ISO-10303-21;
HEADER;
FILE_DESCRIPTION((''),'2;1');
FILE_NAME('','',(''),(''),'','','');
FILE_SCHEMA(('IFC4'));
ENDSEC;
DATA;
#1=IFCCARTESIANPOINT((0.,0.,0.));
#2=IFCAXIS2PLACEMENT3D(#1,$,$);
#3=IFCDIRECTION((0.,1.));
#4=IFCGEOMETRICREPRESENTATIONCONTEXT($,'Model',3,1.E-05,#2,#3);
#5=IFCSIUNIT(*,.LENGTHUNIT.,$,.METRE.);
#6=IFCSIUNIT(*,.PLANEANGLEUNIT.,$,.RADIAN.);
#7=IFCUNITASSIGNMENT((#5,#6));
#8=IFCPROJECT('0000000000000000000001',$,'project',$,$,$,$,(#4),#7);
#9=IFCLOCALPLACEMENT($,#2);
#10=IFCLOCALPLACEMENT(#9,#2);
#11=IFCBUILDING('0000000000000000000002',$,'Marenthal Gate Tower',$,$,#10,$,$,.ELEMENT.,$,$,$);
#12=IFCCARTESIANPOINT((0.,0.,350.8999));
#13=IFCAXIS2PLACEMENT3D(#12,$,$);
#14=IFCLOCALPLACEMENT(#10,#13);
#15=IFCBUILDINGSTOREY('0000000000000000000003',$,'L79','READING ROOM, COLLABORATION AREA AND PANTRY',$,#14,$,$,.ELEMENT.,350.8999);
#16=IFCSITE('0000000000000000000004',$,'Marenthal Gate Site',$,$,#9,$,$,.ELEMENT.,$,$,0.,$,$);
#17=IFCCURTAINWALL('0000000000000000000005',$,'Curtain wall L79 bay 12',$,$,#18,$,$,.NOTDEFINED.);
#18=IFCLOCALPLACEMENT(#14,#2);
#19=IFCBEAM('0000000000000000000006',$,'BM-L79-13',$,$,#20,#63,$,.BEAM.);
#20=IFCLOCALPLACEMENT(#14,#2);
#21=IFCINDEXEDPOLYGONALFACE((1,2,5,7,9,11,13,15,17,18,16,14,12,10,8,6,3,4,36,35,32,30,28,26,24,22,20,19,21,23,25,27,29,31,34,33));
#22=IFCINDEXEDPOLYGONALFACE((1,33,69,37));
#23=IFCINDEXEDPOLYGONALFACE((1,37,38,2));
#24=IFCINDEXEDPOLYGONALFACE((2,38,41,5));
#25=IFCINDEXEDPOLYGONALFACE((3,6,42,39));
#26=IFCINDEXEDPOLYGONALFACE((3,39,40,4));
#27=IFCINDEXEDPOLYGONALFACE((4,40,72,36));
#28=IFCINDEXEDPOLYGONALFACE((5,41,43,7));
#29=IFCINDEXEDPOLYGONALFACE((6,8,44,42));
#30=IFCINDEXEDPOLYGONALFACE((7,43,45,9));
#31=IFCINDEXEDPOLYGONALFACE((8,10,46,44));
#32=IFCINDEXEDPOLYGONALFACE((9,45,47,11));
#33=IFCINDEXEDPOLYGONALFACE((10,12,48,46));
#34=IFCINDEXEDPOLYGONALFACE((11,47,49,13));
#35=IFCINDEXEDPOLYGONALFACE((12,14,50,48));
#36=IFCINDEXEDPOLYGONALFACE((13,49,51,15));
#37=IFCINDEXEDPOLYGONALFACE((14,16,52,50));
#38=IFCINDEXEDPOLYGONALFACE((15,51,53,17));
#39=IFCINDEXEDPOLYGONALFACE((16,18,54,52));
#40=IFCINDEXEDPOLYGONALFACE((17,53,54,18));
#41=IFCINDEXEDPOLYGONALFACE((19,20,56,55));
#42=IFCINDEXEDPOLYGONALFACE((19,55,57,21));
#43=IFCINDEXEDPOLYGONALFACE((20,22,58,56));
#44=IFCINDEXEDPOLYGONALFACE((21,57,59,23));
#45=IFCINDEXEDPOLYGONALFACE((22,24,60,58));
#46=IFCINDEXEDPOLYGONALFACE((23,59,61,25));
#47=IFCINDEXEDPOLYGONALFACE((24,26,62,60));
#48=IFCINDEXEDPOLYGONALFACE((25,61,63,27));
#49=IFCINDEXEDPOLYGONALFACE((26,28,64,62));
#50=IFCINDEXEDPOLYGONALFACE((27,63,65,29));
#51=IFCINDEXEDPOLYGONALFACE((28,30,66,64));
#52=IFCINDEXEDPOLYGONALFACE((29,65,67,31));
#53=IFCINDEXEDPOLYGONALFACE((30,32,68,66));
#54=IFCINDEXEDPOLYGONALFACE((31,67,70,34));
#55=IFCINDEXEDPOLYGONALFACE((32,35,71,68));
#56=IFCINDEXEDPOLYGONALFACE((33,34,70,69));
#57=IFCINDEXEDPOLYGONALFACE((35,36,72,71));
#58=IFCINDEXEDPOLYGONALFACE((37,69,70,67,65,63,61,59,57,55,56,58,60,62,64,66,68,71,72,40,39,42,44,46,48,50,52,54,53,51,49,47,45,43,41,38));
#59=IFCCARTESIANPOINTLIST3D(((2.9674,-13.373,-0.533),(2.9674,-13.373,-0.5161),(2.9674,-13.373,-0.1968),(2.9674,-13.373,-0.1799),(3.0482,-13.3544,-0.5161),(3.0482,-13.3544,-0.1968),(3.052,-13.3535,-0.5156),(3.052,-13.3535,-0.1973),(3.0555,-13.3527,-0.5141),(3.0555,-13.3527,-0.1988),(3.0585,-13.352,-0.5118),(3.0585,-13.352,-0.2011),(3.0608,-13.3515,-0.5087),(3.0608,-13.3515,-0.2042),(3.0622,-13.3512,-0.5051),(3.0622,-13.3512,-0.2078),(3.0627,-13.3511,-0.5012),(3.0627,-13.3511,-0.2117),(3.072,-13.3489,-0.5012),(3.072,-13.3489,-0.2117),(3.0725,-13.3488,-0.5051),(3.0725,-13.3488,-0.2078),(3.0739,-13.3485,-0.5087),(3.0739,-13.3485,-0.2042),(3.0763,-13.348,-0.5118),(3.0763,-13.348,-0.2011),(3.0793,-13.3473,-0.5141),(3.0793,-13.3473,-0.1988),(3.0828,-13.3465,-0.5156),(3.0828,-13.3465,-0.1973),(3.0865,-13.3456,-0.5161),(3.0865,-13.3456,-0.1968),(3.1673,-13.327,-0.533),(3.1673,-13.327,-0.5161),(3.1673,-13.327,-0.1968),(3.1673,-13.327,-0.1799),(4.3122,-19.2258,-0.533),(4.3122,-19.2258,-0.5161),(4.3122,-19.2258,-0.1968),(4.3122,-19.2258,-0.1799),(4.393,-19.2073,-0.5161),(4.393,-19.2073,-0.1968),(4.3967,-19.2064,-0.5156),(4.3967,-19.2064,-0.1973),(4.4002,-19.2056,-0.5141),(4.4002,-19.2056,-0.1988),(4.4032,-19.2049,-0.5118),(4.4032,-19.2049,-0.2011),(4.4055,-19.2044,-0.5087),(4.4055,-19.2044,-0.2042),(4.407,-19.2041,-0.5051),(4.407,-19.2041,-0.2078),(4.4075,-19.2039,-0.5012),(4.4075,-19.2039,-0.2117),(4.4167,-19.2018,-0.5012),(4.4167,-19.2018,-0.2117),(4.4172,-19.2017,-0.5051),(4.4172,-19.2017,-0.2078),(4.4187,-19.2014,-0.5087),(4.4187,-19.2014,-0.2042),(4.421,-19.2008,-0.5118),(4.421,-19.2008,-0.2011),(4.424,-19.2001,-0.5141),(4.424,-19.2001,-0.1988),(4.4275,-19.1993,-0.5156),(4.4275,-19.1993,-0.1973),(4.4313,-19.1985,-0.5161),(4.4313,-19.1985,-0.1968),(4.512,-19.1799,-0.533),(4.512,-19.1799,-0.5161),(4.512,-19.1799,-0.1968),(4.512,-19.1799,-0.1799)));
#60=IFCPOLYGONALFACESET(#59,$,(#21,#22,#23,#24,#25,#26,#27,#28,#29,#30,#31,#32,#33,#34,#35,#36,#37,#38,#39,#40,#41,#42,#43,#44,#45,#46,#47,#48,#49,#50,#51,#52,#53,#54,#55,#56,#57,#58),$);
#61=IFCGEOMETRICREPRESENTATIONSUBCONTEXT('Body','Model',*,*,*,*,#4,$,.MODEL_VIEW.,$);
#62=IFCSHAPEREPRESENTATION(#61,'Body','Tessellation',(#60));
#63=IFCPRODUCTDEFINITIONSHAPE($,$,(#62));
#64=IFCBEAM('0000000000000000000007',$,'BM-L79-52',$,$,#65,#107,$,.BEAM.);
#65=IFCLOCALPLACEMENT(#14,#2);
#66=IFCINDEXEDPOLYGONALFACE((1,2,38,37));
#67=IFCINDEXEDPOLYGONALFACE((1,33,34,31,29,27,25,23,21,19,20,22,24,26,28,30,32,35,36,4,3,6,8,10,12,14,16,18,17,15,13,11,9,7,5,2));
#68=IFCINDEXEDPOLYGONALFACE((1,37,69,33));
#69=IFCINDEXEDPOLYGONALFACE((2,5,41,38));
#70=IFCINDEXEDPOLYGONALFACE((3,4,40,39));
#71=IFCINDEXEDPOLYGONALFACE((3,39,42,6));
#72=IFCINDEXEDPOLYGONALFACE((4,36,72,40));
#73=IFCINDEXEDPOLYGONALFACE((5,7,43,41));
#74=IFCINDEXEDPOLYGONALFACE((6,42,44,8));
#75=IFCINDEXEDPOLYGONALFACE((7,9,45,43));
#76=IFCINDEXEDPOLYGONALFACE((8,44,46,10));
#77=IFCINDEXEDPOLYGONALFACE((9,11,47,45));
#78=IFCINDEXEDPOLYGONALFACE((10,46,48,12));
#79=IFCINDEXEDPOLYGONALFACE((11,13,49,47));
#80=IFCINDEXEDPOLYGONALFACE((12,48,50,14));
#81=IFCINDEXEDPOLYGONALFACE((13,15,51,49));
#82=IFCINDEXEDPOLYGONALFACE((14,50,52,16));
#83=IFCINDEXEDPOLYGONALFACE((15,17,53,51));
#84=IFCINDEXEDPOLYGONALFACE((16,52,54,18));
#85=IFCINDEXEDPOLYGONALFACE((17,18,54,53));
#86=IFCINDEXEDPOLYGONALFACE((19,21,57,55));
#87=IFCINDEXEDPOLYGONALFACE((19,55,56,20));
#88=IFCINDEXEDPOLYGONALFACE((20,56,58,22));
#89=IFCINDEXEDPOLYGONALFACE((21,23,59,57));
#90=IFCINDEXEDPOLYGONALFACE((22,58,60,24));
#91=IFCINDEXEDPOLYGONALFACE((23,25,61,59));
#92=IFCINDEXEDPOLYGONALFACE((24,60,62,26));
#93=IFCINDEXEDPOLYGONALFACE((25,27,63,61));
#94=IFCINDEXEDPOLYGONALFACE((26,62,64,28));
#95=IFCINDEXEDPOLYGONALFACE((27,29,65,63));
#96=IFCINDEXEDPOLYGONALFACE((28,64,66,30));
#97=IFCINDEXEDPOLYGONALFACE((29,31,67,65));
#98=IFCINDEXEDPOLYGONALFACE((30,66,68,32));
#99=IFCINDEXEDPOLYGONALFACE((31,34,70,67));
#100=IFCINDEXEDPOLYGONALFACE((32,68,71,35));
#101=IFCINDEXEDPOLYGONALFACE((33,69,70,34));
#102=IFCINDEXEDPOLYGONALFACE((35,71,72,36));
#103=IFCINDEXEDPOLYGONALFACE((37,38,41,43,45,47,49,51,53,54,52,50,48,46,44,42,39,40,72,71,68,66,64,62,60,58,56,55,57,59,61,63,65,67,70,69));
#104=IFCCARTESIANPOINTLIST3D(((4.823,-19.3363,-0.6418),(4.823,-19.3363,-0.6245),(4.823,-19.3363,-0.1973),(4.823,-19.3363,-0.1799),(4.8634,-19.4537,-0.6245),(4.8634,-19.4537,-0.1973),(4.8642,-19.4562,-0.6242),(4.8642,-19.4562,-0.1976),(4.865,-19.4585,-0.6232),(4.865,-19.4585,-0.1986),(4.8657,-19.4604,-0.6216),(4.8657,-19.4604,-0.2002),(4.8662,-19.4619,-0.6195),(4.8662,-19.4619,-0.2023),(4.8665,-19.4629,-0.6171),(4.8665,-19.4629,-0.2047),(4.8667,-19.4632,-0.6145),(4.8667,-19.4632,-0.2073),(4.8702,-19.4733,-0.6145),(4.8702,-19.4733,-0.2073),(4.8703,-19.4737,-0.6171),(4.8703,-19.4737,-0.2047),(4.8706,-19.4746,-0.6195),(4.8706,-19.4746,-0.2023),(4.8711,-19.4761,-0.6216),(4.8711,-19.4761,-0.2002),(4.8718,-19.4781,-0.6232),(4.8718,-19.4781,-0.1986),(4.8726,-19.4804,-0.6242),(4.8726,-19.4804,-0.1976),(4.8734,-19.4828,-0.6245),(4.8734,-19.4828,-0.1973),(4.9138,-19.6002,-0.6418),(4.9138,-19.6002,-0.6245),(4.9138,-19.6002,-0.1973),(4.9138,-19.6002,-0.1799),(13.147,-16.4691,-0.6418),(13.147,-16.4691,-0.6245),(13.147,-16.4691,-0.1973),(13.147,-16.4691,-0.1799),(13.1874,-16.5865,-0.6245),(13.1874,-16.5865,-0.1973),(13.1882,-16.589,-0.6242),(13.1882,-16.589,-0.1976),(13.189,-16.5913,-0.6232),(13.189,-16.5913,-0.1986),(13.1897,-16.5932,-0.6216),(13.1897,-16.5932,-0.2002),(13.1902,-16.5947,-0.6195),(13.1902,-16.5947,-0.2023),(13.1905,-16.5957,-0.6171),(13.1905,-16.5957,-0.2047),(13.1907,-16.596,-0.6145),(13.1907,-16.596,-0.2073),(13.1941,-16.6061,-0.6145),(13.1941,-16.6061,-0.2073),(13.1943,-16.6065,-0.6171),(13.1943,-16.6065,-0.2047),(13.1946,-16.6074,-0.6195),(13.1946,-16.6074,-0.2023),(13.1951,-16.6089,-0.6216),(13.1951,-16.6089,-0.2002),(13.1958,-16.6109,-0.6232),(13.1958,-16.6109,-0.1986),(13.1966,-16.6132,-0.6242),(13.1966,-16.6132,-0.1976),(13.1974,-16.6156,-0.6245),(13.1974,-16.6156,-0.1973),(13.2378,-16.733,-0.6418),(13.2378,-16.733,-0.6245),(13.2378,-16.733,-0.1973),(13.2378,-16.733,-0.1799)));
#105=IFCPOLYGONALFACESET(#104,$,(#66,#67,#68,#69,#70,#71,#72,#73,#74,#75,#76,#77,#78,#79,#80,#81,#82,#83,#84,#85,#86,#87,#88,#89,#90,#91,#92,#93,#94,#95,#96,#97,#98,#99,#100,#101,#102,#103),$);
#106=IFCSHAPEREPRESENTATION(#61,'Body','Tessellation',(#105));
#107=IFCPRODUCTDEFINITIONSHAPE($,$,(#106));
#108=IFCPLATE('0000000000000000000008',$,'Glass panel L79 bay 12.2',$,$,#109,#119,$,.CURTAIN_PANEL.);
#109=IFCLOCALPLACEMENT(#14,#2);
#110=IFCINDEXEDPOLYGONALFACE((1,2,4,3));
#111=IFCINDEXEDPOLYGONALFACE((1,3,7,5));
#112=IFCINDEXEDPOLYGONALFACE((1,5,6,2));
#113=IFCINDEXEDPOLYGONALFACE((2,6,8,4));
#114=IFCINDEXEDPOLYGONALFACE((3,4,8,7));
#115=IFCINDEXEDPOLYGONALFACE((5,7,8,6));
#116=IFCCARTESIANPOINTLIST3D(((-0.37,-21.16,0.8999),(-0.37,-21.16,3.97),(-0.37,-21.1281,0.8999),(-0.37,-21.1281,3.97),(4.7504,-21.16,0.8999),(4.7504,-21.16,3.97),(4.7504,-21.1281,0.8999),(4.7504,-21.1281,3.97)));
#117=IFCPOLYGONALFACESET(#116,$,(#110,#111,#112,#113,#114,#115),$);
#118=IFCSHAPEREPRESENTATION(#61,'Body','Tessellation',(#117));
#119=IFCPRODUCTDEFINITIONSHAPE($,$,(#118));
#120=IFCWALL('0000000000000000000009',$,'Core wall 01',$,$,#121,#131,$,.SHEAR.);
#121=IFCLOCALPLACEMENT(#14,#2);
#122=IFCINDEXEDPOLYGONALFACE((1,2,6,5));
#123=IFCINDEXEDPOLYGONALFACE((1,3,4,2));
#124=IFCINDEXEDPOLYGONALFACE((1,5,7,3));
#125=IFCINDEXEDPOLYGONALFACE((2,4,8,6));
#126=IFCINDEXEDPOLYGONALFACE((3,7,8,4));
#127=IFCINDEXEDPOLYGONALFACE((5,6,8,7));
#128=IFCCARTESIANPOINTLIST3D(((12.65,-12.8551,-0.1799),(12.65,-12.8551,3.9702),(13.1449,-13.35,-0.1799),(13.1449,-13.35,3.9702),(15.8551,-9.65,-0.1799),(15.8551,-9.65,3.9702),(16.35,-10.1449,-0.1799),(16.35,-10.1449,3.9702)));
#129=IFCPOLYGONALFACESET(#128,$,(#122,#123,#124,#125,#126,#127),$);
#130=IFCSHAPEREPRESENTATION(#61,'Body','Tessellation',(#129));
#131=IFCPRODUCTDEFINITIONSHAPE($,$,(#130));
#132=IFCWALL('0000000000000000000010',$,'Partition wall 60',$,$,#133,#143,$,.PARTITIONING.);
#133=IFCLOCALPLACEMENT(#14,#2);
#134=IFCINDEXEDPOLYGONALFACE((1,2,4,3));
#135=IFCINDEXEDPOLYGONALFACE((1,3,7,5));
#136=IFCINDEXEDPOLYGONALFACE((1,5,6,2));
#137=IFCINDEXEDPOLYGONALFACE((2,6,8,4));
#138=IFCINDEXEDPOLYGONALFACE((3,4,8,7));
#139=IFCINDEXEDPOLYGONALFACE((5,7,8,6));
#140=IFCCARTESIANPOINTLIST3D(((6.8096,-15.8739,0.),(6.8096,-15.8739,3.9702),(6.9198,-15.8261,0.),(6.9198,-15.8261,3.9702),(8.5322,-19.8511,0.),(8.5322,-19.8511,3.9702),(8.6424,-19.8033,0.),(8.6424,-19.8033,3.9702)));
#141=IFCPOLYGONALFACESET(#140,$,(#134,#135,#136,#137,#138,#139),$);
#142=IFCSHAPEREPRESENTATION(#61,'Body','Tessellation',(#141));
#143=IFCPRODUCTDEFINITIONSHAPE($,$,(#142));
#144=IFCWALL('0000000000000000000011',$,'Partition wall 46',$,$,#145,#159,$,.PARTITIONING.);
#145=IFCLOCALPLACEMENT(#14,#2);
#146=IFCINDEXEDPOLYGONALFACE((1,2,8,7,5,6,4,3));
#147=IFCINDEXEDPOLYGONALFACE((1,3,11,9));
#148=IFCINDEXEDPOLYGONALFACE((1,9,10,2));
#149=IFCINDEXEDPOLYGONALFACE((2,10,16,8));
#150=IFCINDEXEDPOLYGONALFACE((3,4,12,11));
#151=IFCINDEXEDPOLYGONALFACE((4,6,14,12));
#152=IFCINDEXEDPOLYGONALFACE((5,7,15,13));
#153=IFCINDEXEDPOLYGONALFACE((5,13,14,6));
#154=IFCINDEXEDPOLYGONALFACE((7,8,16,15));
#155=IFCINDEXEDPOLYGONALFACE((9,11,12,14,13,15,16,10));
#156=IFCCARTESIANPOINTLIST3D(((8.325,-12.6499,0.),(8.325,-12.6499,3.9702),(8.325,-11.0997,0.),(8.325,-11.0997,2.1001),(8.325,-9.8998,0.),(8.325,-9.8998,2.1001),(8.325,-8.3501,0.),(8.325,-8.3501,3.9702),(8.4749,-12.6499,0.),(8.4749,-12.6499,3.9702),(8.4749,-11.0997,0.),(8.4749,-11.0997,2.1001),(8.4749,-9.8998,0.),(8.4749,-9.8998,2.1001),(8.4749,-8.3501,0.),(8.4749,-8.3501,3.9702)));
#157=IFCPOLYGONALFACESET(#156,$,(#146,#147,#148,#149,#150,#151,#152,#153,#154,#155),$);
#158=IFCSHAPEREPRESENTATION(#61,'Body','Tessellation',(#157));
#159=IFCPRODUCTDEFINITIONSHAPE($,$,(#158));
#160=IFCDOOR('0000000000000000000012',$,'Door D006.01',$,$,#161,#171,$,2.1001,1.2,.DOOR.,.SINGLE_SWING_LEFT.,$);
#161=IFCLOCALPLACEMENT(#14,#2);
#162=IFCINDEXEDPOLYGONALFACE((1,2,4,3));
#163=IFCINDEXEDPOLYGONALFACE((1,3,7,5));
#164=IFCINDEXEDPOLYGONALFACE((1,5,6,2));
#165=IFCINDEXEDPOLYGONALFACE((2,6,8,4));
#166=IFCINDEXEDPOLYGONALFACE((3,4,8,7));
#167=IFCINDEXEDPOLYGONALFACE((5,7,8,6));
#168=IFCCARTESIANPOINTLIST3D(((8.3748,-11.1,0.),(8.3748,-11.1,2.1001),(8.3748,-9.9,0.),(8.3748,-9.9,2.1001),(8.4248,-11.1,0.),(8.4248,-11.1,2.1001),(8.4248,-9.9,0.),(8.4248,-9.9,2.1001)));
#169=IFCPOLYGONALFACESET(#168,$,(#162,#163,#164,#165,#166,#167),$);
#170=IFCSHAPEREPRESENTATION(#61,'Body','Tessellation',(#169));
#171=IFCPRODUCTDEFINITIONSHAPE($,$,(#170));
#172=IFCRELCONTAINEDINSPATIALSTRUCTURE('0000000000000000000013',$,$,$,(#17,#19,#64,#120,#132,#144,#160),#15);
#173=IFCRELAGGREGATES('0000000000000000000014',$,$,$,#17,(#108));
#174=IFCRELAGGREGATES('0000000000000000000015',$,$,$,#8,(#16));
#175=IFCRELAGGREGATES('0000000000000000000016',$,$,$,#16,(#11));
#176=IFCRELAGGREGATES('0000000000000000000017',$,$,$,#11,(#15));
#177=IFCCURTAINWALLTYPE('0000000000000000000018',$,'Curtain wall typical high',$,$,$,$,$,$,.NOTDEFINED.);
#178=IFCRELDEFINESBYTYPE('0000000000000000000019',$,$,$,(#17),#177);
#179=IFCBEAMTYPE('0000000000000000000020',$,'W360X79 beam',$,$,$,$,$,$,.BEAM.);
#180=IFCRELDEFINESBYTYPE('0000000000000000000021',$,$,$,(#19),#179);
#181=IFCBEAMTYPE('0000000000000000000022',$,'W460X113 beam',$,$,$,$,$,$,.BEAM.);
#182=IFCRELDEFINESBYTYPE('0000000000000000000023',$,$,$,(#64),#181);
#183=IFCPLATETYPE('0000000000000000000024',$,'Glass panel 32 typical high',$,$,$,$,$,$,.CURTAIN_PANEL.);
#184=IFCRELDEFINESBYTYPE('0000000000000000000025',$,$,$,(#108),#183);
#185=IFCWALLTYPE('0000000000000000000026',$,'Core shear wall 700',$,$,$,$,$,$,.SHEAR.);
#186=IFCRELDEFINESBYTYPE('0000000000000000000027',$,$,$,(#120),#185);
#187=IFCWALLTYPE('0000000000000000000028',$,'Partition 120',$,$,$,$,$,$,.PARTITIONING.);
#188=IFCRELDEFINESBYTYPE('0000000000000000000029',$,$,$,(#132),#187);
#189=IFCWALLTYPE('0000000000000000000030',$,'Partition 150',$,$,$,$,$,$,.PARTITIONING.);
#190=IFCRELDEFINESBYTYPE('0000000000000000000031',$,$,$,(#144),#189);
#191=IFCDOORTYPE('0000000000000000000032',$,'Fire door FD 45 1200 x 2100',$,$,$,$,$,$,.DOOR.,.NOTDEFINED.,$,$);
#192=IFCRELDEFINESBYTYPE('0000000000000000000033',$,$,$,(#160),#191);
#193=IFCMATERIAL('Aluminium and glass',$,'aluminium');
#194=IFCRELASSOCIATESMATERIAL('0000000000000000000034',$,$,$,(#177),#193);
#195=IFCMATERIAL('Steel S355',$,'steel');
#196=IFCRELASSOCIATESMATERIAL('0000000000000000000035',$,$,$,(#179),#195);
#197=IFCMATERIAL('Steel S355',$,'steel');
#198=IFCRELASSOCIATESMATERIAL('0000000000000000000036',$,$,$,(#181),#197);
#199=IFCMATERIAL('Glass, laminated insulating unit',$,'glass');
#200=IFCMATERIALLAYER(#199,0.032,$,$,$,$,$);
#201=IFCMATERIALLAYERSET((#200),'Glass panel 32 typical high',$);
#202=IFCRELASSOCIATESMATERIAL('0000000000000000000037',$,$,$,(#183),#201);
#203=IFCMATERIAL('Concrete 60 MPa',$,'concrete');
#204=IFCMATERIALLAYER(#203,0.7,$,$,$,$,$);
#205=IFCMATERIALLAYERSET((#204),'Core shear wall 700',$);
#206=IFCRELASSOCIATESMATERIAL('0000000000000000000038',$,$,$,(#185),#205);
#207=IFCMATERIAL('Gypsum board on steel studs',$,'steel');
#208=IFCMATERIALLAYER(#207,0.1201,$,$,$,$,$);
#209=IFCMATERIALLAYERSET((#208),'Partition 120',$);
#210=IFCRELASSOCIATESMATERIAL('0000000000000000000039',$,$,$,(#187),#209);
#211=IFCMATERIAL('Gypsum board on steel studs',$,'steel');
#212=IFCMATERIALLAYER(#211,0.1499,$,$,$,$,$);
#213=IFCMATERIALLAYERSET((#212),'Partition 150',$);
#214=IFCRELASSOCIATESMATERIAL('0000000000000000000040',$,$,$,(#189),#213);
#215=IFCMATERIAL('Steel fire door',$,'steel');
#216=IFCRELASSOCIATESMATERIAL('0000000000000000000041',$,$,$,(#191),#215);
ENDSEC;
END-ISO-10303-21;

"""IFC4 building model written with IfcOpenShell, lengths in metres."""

from ifc_helpers import new_model, si_unit, direction, frame, frame_2d, origin, origin_2d, place, context, subcontext, project, spatial, rectangle, i_section, extrude, material, layer, layer_set, material_profile, profile_set, type_object, element, fill, aggregate, save


model = new_model("IFC4")

# Units and contexts
model_context = context("Model", 3, precision=1e-05, world=origin(), true_north=direction((0.0, 1.0)))
body_context = subcontext(model_context, "Body", "Model", "MODEL_VIEW")
ifc_project = project(units=[si_unit("LENGTHUNIT", "METRE"), si_unit("PLANEANGLEUNIT", "RADIAN")], contexts=[model_context])

# Site, building, storey
site_placement = place(None, origin())
site = spatial("IfcSite", under=ifc_project, at=site_placement, Name="Marenthal Gate Site", CompositionType="ELEMENT", RefElevation=0.0)
building_placement = place(site_placement, origin())
building = spatial("IfcBuilding", under=site, at=building_placement, Name="Marenthal Gate Tower", CompositionType="ELEMENT")
storey_placement = place(building_placement, frame((0.0, 0.0, 350.8999)))
storey = spatial("IfcBuildingStorey", under=building, at=storey_placement, Name="L79", Description="READING ROOM, COLLABORATION AREA AND PANTRY", CompositionType="ELEMENT", Elevation=350.8999)

# Curtain wall
ifc_material_1 = material(Name="Aluminium and glass", Category="aluminium")
curtain_wall_type = type_object("IfcCurtainWallType", Name="Curtain wall typical high", PredefinedType="NOTDEFINED", material=ifc_material_1)
curtain_wall_placement = place(storey_placement, origin())
curtain_wall = element("IfcCurtainWall", 1, at=curtain_wall_placement, inside=storey, type_object=curtain_wall_type, Name="Curtain wall L79 bay 12", PredefinedType="NOTDEFINED")

# Beams
ifc_material_2 = material(Name="Steel S355", Category="steel")
ifc_material_profile_1 = material_profile(ifc_material_2, i_section(OverallWidth=0.2051, OverallDepth=0.353, WebThickness=0.0095, FlangeThickness=0.0168, FilletRadius=0.0149, at=origin_2d()), Name="W360X79")
ifc_profile_set_1 = profile_set([ifc_material_profile_1], Name="Steel S355")
beam_type_1 = type_object("IfcBeamType", Name="W360X79 beam", PredefinedType="BEAM", material=ifc_profile_set_1)
beam_1_placement = place(storey_placement, frame((4.4121, -19.2029, -0.3564), z_axis=(-0.223924, 0.974607, 0.0), x_axis=(-0.974607, -0.223924, 0.0)))
element("IfcBeam", 2, at=beam_1_placement, inside=storey, type_object=beam_type_1, Name="BM-L79-13", PredefinedType="BEAM", context=body_context, shape_type="SweptSolid", body=[
    extrude(i_section(OverallWidth=0.2051, OverallDepth=0.353, WebThickness=0.0095, FlangeThickness=0.0168, FilletRadius=0.0149, at=origin_2d()), origin(), (0.0, 0.0, 1.0), 6.0054),
])
ifc_material_3 = material(Name="Steel S355", Category="steel")
ifc_material_profile_2 = material_profile(ifc_material_3, i_section(OverallWidth=0.2791, OverallDepth=0.4619, WebThickness=0.0107, FlangeThickness=0.0173, FilletRadius=0.01, at=origin_2d()), Name="W460X113")
ifc_profile_set_2 = profile_set([ifc_material_profile_2], Name="Steel S355")
beam_type_2 = type_object("IfcBeamType", Name="W460X113 beam", PredefinedType="BEAM", material=ifc_profile_set_2)
beam_2_placement = place(storey_placement, frame((4.8684, -19.4683, -0.4109), z_axis=(0.945483, 0.325671, 0.0), x_axis=(-0.325671, 0.945483, 0.0)))
element("IfcBeam", 3, at=beam_2_placement, inside=storey, type_object=beam_type_2, Name="BM-L79-52", PredefinedType="BEAM", context=body_context, shape_type="SweptSolid", body=[
    extrude(i_section(OverallWidth=0.2791, OverallDepth=0.4619, WebThickness=0.0107, FlangeThickness=0.0173, FilletRadius=0.01, at=origin_2d()), origin(), (0.0, 0.0, 1.0), 8.804),
])

# Plate
ifc_material_4 = material(Name="Glass, laminated insulating unit", Category="glass")
ifc_layer_1 = layer(ifc_material_4, 0.032)
ifc_layer_set_1 = layer_set([ifc_layer_1], Name="Glass panel 32 typical high")
plate_type = type_object("IfcPlateType", Name="Glass panel 32 typical high", PredefinedType="CURTAIN_PANEL", material=ifc_layer_set_1)
plate_placement = place(storey_placement, frame((2.1902, -21.144, 0.8999), z_axis=(0.0, 0.0, 1.0), x_axis=(1.0, 0.0, 0.0)))
plate = element("IfcPlate", 4, at=plate_placement, type_object=plate_type, Name="Glass panel L79 bay 12.2", PredefinedType="CURTAIN_PANEL", context=body_context, shape_type="SweptSolid", body=[
    extrude(rectangle(XDim=5.1204, YDim=0.032, at=origin_2d()), origin(), (0.0, 0.0, 1.0), 3.0701),
])
aggregate(curtain_wall, [plate])

# Walls
ifc_material_5 = material(Name="Concrete 60 MPa", Category="concrete")
ifc_layer_2 = layer(ifc_material_5, 0.7)
ifc_layer_set_2 = layer_set([ifc_layer_2], Name="Core shear wall 700")
wall_type_1 = type_object("IfcWallType", Name="Core shear wall 700", PredefinedType="SHEAR", material=ifc_layer_set_2)
wall_1_placement = place(storey_placement, frame((12.8975, -13.1025, -0.1799), z_axis=(0.0, 0.0, 1.0), x_axis=(0.707107, 0.707107, 0.0)))
element("IfcWall", 5, at=wall_1_placement, inside=storey, type_object=wall_type_1, Name="Core wall 01", PredefinedType="SHEAR", context=body_context, shape_type="SweptSolid", body=[
    extrude(rectangle(XDim=4.5327, YDim=0.7, at=frame_2d((2.2664, 0.0))), origin(), (0.0, 0.0, 1.0), 4.1501),
])
ifc_material_6 = material(Name="Gypsum board on steel studs", Category="steel")
ifc_layer_3 = layer(ifc_material_6, 0.1201)
ifc_layer_set_3 = layer_set([ifc_layer_3], Name="Partition 120")
wall_type_2 = type_object("IfcWallType", Name="Partition 120", PredefinedType="PARTITIONING", material=ifc_layer_set_3)
wall_2_placement = place(storey_placement, frame((6.8647, -15.8501, 0.0), z_axis=(0.0, 0.0, 1.0), x_axis=(0.397445, -0.917626, 0.0)))
element("IfcWall", 6, at=wall_2_placement, inside=storey, type_object=wall_type_2, Name="Partition wall 60", PredefinedType="PARTITIONING", context=body_context, shape_type="SweptSolid", body=[
    extrude(rectangle(XDim=4.3342, YDim=0.1201, at=frame_2d((2.167, 0.0))), origin(), (0.0, 0.0, 1.0), 3.9702),
])

# Wall, opening, door
ifc_material_7 = material(Name="Gypsum board on steel studs", Category="steel")
ifc_layer_4 = layer(ifc_material_7, 0.1499)
ifc_layer_set_4 = layer_set([ifc_layer_4], Name="Partition 150")
wall_type_3 = type_object("IfcWallType", Name="Partition 150", PredefinedType="PARTITIONING", material=ifc_layer_set_4)
wall_3_placement = place(storey_placement, frame((8.3999, -12.6499, 0.0), z_axis=(0.0, 0.0, 1.0), x_axis=(0.0, 1.0, 0.0)))
wall_3 = element("IfcWall", 7, at=wall_3_placement, inside=storey, type_object=wall_type_3, Name="Partition wall 46", PredefinedType="PARTITIONING", context=body_context, shape_type="SweptSolid", body=[
    extrude(rectangle(XDim=4.2998, YDim=0.1499, at=frame_2d((2.1499, 0.0))), origin(), (0.0, 0.0, 1.0), 3.9702),
])
opening_1_placement = place(wall_3_placement, frame((1.55, 0.0, 0.0)))
opening_1 = element("IfcOpeningElement", 8, at=opening_1_placement, cuts=wall_3, PredefinedType="OPENING", context=body_context, shape_type="SweptSolid", body=[
    extrude(rectangle(XDim=1.2, YDim=2.1001, at=frame_2d((0.6001, 1.05))), frame((0.0, 0.085, 0.0), z_axis=(0.0, -1.0, 0.0), x_axis=(1.0, 0.0, 0.0)), (0.0, 0.0, 1.0), 0.1699),
])
ifc_material_8 = material(Name="Steel fire door", Category="steel")
door_type_1 = type_object("IfcDoorType", Name="Fire door FD 45 1200 x 2100", OperationType="NOTDEFINED", PredefinedType="DOOR", material=ifc_material_8)
door_1_placement = place(opening_1_placement, frame((1.2, 0.0, 0.0), z_axis=(0.0, 0.0, 1.0), x_axis=(-1.0, 0.0, 0.0)))
door_1 = element("IfcDoor", 9, at=door_1_placement, inside=storey, type_object=door_type_1, Name="Door D006.01", OperationType="SINGLE_SWING_LEFT", OverallHeight=2.1001, OverallWidth=1.2, PredefinedType="DOOR", context=body_context, shape_type="SweptSolid", body=[
    extrude(rectangle(XDim=1.2, YDim=2.1001, at=frame_2d((0.6001, 1.05))), frame((0.0, 0.0249, 0.0), z_axis=(0.0, -1.0, 0.0), x_axis=(1.0, 0.0, 0.0)), (0.0, 0.0, 1.0), 0.05),
])
fill(opening_1, door_1)

save(model, "model.ifc")
